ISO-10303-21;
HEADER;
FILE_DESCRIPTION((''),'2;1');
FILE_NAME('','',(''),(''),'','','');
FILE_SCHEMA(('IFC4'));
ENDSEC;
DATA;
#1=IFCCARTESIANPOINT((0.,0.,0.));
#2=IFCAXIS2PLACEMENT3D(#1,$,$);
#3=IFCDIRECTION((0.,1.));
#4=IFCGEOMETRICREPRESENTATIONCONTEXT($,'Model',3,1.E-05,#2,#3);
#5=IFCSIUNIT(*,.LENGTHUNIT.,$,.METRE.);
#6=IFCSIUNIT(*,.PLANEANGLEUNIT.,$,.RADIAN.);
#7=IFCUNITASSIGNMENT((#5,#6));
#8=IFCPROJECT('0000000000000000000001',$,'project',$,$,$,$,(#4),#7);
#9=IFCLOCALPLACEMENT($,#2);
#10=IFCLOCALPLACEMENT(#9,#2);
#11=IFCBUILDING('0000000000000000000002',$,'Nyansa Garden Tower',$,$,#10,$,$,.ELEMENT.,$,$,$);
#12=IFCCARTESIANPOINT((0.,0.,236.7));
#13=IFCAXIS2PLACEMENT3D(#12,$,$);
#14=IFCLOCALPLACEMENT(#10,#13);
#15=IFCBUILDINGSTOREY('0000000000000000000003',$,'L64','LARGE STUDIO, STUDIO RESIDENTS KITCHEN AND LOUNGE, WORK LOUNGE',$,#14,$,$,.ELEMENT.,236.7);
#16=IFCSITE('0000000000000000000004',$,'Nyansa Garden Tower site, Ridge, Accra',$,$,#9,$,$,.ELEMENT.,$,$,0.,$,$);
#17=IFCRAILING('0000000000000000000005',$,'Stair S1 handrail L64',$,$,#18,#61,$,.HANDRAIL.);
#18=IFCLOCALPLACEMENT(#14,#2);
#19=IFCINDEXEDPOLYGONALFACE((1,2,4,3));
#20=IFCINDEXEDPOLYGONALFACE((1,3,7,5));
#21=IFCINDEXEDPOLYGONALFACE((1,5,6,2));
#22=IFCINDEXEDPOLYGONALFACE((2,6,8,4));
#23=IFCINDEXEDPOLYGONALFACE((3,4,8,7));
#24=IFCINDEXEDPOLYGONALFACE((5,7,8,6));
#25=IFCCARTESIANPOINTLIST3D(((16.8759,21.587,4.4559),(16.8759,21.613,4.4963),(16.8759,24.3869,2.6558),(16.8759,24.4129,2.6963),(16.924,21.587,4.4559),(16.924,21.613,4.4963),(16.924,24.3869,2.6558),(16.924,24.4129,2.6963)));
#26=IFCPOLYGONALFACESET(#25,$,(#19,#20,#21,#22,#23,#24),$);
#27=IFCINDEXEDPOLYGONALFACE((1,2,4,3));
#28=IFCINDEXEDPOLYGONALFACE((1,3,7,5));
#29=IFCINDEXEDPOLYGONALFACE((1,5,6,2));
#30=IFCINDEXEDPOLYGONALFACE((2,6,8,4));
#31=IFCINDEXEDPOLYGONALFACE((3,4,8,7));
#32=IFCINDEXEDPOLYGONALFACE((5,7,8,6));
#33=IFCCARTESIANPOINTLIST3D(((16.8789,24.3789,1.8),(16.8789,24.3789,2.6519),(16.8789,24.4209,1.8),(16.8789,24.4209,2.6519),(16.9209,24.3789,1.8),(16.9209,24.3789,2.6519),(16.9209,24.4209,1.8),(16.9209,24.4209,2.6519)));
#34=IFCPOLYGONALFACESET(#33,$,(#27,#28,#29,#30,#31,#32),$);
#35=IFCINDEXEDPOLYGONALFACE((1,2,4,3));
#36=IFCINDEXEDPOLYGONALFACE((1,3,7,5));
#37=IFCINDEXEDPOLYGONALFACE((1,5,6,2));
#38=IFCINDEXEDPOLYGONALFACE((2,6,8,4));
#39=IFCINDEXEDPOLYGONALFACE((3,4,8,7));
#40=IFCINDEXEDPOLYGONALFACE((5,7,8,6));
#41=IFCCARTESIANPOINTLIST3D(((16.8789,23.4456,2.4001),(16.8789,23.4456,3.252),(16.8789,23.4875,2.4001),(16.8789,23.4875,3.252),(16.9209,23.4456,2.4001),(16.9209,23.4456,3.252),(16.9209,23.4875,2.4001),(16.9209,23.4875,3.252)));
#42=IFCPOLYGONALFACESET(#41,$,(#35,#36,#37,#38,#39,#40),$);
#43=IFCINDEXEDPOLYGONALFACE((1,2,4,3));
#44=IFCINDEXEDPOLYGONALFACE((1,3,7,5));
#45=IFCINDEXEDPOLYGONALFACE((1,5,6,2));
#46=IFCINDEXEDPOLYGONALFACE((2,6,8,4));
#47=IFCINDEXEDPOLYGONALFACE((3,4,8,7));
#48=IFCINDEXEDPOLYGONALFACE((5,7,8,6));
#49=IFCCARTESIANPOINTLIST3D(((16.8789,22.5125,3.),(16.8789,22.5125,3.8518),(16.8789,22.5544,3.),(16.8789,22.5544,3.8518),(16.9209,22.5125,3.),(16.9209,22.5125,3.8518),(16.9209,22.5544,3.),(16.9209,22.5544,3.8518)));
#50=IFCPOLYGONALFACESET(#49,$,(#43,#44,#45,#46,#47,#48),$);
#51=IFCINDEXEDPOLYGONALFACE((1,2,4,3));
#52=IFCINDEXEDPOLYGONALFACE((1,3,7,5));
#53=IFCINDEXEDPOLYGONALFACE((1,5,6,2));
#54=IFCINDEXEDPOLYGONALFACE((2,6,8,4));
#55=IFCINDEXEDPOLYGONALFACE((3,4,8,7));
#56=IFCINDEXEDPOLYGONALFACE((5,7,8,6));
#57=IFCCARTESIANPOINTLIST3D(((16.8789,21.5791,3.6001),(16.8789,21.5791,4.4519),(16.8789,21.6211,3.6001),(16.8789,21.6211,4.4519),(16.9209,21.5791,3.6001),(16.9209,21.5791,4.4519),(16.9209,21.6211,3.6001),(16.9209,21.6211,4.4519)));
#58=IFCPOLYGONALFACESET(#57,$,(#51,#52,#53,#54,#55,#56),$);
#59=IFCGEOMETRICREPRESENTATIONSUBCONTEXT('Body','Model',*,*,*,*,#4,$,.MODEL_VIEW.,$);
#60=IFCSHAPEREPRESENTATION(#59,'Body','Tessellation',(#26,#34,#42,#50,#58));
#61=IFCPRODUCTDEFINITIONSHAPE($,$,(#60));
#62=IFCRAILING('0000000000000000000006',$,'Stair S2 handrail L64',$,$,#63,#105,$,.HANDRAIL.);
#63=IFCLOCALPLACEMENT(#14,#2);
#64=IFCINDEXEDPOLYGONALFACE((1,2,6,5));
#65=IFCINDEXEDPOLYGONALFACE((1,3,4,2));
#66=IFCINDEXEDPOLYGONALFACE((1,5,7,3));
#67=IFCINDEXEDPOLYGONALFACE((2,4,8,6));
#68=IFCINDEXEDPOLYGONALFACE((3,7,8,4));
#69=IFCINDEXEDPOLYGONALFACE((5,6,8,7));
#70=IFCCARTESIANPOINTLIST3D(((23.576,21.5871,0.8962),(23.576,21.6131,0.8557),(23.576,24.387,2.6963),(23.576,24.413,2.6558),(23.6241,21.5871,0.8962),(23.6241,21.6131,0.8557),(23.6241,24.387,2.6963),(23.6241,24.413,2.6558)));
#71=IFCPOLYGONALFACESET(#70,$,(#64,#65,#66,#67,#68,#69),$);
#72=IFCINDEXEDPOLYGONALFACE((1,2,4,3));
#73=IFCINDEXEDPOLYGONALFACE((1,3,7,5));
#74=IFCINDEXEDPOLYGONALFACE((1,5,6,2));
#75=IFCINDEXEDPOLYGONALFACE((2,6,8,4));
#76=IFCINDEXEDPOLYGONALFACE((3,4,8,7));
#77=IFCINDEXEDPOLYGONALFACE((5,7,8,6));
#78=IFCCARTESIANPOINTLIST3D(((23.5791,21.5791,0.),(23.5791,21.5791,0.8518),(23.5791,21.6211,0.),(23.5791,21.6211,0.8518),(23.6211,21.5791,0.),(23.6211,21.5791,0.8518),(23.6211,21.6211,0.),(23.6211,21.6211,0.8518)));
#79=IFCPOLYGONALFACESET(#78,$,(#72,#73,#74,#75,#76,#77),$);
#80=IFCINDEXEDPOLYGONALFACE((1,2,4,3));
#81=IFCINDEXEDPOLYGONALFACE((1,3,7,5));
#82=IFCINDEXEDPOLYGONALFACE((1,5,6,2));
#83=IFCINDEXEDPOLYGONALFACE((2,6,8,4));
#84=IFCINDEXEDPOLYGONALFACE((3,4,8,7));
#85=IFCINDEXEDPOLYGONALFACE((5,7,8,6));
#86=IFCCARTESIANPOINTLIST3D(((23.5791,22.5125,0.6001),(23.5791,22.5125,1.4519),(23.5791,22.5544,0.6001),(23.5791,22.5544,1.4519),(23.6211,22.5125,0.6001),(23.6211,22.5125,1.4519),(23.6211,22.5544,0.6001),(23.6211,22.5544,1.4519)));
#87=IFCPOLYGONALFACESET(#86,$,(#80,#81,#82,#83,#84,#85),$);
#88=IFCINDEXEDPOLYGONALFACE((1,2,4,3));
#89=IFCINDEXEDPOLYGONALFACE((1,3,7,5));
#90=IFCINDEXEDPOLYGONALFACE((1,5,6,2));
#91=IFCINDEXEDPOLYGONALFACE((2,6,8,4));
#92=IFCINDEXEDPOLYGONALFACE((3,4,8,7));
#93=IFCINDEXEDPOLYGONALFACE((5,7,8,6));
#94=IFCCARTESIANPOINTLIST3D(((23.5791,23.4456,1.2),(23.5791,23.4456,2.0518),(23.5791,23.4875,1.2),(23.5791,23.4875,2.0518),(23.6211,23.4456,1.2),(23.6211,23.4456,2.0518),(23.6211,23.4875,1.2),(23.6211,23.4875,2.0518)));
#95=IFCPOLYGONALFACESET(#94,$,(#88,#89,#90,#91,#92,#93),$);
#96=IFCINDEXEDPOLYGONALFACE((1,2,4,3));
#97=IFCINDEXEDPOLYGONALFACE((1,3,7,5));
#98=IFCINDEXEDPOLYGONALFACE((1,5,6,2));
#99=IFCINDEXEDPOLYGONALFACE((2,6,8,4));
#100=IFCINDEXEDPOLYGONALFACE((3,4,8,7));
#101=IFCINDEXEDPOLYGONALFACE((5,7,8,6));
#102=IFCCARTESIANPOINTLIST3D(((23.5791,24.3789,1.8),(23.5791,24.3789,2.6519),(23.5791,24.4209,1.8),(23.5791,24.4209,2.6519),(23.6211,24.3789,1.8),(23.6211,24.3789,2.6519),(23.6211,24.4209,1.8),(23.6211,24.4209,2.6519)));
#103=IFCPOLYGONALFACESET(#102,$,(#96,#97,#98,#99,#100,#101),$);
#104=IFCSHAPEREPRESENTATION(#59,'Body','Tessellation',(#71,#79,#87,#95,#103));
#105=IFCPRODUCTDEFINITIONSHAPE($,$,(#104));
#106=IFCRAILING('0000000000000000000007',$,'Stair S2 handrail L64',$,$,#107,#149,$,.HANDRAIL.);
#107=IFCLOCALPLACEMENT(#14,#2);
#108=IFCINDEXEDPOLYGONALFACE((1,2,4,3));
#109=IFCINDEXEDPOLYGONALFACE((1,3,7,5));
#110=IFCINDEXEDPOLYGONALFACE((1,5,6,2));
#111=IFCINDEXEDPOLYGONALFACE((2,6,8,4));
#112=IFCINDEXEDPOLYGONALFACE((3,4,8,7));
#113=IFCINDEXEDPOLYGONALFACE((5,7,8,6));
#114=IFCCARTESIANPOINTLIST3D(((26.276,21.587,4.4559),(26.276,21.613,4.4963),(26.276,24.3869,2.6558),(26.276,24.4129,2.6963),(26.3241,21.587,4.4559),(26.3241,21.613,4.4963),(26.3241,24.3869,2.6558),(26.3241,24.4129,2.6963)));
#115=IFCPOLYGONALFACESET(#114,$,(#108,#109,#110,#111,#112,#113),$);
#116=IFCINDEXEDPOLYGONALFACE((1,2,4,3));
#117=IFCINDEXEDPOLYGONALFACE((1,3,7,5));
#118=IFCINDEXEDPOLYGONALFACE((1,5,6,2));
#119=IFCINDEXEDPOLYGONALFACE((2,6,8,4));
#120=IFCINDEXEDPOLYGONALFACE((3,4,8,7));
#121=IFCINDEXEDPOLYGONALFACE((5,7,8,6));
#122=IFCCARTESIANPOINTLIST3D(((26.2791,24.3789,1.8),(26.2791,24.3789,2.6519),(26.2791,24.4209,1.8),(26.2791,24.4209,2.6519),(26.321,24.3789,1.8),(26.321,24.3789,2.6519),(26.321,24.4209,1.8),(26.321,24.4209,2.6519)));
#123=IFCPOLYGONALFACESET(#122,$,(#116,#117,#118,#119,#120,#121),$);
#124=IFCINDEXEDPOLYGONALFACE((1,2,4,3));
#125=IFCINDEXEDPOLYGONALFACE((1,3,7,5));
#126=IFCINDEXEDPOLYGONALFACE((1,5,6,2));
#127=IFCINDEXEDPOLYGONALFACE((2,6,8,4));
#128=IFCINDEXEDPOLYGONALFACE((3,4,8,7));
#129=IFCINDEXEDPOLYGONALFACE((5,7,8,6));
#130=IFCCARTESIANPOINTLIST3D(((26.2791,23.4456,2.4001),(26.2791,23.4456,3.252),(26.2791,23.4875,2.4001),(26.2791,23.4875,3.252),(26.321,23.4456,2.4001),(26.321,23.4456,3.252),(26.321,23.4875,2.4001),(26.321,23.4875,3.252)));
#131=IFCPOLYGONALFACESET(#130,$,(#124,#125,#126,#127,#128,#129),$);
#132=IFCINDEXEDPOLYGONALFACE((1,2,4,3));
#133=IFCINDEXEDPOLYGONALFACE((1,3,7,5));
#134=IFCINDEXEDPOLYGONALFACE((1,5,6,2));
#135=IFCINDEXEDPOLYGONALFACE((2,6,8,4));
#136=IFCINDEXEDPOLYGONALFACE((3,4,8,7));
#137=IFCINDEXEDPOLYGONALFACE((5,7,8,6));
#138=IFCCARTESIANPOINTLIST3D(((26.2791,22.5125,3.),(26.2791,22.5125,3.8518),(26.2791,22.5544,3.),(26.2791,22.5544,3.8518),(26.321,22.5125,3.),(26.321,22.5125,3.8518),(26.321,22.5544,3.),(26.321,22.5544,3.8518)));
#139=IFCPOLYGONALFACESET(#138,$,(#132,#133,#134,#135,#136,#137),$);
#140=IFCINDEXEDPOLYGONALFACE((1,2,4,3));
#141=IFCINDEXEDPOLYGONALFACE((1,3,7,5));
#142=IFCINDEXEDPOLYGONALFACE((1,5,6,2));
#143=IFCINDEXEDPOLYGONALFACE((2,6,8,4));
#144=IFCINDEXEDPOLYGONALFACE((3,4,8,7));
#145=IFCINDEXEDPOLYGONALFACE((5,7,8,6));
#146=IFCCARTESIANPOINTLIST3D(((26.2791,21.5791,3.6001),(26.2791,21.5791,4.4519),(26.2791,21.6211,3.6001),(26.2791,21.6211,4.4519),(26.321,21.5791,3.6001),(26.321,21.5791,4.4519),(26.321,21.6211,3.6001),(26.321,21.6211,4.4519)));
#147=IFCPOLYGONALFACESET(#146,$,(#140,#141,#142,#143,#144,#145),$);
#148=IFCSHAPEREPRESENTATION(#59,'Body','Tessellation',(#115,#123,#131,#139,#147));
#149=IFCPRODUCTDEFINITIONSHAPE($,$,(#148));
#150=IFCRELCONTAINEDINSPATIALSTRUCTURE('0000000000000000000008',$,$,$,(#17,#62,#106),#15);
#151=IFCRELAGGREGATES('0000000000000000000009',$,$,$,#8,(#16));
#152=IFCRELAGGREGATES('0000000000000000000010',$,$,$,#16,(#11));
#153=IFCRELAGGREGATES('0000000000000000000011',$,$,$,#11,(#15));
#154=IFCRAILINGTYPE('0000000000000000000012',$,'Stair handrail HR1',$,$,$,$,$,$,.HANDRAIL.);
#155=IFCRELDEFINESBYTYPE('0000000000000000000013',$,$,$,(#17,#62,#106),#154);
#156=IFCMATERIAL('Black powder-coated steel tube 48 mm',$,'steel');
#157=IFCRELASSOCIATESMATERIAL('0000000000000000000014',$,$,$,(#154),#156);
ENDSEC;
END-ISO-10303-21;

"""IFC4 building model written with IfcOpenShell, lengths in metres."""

from ifc_helpers import new_model, si_unit, direction, frame, origin, origin_2d, place, context, subcontext, project, spatial, rectangle, extrude, material, type_object, element, save


model = new_model("IFC4")

# Units and contexts
model_context = context("Model", 3, precision=1e-05, world=origin(), true_north=direction((0.0, 1.0)))
body_context = subcontext(model_context, "Body", "Model", "MODEL_VIEW")
ifc_project = project(units=[si_unit("LENGTHUNIT", "METRE"), si_unit("PLANEANGLEUNIT", "RADIAN")], contexts=[model_context])

# Site, building, storey
site_placement = place(None, origin())
site = spatial("IfcSite", under=ifc_project, at=site_placement, Name="Nyansa Garden Tower site, Ridge, Accra", CompositionType="ELEMENT", RefElevation=0.0)
building_placement = place(site_placement, origin())
building = spatial("IfcBuilding", under=site, at=building_placement, Name="Nyansa Garden Tower", CompositionType="ELEMENT")
storey_placement = place(building_placement, frame((0.0, 0.0, 236.7)))
storey = spatial("IfcBuildingStorey", under=building, at=storey_placement, Name="L64", Description="LARGE STUDIO, STUDIO RESIDENTS KITCHEN AND LOUNGE, WORK LOUNGE", CompositionType="ELEMENT", Elevation=236.7)

# Railings
ifc_material_1 = material(Name="Black powder-coated steel tube 48 mm", Category="steel")
railing_type = type_object("IfcRailingType", Name="Stair handrail HR1", PredefinedType="HANDRAIL", material=ifc_material_1)
railing_1_placement = place(storey_placement, frame((16.8999, 24.3999, 1.8)))
element("IfcRailing", 1, at=railing_1_placement, inside=storey, type_object=railing_type, Name="Stair S1 handrail L64", PredefinedType="HANDRAIL", context=body_context, shape_type="SweptSolid", body=[
    extrude(rectangle(XDim=0.0481, YDim=0.0481, at=origin_2d()), frame((0.0, 0.0, 0.876), z_axis=(0.0, -0.841155, 0.540795), x_axis=(1.0, 0.0, 0.0)), (0.0, 0.0, 1.0), 3.3286),
    extrude(rectangle(XDim=0.042, YDim=0.042, at=origin_2d()), origin(), (0.0, 0.0, 1.0), 0.8518),
    extrude(rectangle(XDim=0.042, YDim=0.042, at=origin_2d()), frame((0.0, -0.9333, 0.6001)), (0.0, 0.0, 1.0), 0.8518),
    extrude(rectangle(XDim=0.042, YDim=0.042, at=origin_2d()), frame((0.0, -1.8665, 1.2)), (0.0, 0.0, 1.0), 0.8518),
    extrude(rectangle(XDim=0.042, YDim=0.042, at=origin_2d()), frame((0.0, -2.7998, 1.8)), (0.0, 0.0, 1.0), 0.8518),
])
railing_2_placement = place(storey_placement, frame((23.6001, 21.6001, 0.0)))
element("IfcRailing", 2, at=railing_2_placement, inside=storey, type_object=railing_type, Name="Stair S2 handrail L64", PredefinedType="HANDRAIL", context=body_context, shape_type="SweptSolid", body=[
    extrude(rectangle(XDim=0.0481, YDim=0.0481, at=origin_2d()), frame((0.0, 0.0, 0.876), z_axis=(0.0, 0.841155, 0.540795), x_axis=(-1.0, 0.0, 0.0)), (0.0, 0.0, 1.0), 3.3286),
    extrude(rectangle(XDim=0.042, YDim=0.042, at=origin_2d()), origin(), (0.0, 0.0, 1.0), 0.8518),
    extrude(rectangle(XDim=0.042, YDim=0.042, at=origin_2d()), frame((0.0, 0.9333, 0.6001)), (0.0, 0.0, 1.0), 0.8518),
    extrude(rectangle(XDim=0.042, YDim=0.042, at=origin_2d()), frame((0.0, 1.8665, 1.2)), (0.0, 0.0, 1.0), 0.8518),
    extrude(rectangle(XDim=0.042, YDim=0.042, at=origin_2d()), frame((0.0, 2.7998, 1.8)), (0.0, 0.0, 1.0), 0.8518),
])
railing_3_placement = place(storey_placement, frame((26.3, 24.3999, 1.8)))
element("IfcRailing", 3, at=railing_3_placement, inside=storey, type_object=railing_type, Name="Stair S2 handrail L64", PredefinedType="HANDRAIL", context=body_context, shape_type="SweptSolid", body=[
    extrude(rectangle(XDim=0.0481, YDim=0.0481, at=origin_2d()), frame((0.0, 0.0, 0.876), z_axis=(0.0, -0.841155, 0.540795), x_axis=(1.0, 0.0, 0.0)), (0.0, 0.0, 1.0), 3.3286),
    extrude(rectangle(XDim=0.042, YDim=0.042, at=origin_2d()), origin(), (0.0, 0.0, 1.0), 0.8518),
    extrude(rectangle(XDim=0.042, YDim=0.042, at=origin_2d()), frame((0.0, -0.9333, 0.6001)), (0.0, 0.0, 1.0), 0.8518),
    extrude(rectangle(XDim=0.042, YDim=0.042, at=origin_2d()), frame((0.0, -1.8665, 1.2)), (0.0, 0.0, 1.0), 0.8518),
    extrude(rectangle(XDim=0.042, YDim=0.042, at=origin_2d()), frame((0.0, -2.7998, 1.8)), (0.0, 0.0, 1.0), 0.8518),
])

save(model, "model.ifc")
